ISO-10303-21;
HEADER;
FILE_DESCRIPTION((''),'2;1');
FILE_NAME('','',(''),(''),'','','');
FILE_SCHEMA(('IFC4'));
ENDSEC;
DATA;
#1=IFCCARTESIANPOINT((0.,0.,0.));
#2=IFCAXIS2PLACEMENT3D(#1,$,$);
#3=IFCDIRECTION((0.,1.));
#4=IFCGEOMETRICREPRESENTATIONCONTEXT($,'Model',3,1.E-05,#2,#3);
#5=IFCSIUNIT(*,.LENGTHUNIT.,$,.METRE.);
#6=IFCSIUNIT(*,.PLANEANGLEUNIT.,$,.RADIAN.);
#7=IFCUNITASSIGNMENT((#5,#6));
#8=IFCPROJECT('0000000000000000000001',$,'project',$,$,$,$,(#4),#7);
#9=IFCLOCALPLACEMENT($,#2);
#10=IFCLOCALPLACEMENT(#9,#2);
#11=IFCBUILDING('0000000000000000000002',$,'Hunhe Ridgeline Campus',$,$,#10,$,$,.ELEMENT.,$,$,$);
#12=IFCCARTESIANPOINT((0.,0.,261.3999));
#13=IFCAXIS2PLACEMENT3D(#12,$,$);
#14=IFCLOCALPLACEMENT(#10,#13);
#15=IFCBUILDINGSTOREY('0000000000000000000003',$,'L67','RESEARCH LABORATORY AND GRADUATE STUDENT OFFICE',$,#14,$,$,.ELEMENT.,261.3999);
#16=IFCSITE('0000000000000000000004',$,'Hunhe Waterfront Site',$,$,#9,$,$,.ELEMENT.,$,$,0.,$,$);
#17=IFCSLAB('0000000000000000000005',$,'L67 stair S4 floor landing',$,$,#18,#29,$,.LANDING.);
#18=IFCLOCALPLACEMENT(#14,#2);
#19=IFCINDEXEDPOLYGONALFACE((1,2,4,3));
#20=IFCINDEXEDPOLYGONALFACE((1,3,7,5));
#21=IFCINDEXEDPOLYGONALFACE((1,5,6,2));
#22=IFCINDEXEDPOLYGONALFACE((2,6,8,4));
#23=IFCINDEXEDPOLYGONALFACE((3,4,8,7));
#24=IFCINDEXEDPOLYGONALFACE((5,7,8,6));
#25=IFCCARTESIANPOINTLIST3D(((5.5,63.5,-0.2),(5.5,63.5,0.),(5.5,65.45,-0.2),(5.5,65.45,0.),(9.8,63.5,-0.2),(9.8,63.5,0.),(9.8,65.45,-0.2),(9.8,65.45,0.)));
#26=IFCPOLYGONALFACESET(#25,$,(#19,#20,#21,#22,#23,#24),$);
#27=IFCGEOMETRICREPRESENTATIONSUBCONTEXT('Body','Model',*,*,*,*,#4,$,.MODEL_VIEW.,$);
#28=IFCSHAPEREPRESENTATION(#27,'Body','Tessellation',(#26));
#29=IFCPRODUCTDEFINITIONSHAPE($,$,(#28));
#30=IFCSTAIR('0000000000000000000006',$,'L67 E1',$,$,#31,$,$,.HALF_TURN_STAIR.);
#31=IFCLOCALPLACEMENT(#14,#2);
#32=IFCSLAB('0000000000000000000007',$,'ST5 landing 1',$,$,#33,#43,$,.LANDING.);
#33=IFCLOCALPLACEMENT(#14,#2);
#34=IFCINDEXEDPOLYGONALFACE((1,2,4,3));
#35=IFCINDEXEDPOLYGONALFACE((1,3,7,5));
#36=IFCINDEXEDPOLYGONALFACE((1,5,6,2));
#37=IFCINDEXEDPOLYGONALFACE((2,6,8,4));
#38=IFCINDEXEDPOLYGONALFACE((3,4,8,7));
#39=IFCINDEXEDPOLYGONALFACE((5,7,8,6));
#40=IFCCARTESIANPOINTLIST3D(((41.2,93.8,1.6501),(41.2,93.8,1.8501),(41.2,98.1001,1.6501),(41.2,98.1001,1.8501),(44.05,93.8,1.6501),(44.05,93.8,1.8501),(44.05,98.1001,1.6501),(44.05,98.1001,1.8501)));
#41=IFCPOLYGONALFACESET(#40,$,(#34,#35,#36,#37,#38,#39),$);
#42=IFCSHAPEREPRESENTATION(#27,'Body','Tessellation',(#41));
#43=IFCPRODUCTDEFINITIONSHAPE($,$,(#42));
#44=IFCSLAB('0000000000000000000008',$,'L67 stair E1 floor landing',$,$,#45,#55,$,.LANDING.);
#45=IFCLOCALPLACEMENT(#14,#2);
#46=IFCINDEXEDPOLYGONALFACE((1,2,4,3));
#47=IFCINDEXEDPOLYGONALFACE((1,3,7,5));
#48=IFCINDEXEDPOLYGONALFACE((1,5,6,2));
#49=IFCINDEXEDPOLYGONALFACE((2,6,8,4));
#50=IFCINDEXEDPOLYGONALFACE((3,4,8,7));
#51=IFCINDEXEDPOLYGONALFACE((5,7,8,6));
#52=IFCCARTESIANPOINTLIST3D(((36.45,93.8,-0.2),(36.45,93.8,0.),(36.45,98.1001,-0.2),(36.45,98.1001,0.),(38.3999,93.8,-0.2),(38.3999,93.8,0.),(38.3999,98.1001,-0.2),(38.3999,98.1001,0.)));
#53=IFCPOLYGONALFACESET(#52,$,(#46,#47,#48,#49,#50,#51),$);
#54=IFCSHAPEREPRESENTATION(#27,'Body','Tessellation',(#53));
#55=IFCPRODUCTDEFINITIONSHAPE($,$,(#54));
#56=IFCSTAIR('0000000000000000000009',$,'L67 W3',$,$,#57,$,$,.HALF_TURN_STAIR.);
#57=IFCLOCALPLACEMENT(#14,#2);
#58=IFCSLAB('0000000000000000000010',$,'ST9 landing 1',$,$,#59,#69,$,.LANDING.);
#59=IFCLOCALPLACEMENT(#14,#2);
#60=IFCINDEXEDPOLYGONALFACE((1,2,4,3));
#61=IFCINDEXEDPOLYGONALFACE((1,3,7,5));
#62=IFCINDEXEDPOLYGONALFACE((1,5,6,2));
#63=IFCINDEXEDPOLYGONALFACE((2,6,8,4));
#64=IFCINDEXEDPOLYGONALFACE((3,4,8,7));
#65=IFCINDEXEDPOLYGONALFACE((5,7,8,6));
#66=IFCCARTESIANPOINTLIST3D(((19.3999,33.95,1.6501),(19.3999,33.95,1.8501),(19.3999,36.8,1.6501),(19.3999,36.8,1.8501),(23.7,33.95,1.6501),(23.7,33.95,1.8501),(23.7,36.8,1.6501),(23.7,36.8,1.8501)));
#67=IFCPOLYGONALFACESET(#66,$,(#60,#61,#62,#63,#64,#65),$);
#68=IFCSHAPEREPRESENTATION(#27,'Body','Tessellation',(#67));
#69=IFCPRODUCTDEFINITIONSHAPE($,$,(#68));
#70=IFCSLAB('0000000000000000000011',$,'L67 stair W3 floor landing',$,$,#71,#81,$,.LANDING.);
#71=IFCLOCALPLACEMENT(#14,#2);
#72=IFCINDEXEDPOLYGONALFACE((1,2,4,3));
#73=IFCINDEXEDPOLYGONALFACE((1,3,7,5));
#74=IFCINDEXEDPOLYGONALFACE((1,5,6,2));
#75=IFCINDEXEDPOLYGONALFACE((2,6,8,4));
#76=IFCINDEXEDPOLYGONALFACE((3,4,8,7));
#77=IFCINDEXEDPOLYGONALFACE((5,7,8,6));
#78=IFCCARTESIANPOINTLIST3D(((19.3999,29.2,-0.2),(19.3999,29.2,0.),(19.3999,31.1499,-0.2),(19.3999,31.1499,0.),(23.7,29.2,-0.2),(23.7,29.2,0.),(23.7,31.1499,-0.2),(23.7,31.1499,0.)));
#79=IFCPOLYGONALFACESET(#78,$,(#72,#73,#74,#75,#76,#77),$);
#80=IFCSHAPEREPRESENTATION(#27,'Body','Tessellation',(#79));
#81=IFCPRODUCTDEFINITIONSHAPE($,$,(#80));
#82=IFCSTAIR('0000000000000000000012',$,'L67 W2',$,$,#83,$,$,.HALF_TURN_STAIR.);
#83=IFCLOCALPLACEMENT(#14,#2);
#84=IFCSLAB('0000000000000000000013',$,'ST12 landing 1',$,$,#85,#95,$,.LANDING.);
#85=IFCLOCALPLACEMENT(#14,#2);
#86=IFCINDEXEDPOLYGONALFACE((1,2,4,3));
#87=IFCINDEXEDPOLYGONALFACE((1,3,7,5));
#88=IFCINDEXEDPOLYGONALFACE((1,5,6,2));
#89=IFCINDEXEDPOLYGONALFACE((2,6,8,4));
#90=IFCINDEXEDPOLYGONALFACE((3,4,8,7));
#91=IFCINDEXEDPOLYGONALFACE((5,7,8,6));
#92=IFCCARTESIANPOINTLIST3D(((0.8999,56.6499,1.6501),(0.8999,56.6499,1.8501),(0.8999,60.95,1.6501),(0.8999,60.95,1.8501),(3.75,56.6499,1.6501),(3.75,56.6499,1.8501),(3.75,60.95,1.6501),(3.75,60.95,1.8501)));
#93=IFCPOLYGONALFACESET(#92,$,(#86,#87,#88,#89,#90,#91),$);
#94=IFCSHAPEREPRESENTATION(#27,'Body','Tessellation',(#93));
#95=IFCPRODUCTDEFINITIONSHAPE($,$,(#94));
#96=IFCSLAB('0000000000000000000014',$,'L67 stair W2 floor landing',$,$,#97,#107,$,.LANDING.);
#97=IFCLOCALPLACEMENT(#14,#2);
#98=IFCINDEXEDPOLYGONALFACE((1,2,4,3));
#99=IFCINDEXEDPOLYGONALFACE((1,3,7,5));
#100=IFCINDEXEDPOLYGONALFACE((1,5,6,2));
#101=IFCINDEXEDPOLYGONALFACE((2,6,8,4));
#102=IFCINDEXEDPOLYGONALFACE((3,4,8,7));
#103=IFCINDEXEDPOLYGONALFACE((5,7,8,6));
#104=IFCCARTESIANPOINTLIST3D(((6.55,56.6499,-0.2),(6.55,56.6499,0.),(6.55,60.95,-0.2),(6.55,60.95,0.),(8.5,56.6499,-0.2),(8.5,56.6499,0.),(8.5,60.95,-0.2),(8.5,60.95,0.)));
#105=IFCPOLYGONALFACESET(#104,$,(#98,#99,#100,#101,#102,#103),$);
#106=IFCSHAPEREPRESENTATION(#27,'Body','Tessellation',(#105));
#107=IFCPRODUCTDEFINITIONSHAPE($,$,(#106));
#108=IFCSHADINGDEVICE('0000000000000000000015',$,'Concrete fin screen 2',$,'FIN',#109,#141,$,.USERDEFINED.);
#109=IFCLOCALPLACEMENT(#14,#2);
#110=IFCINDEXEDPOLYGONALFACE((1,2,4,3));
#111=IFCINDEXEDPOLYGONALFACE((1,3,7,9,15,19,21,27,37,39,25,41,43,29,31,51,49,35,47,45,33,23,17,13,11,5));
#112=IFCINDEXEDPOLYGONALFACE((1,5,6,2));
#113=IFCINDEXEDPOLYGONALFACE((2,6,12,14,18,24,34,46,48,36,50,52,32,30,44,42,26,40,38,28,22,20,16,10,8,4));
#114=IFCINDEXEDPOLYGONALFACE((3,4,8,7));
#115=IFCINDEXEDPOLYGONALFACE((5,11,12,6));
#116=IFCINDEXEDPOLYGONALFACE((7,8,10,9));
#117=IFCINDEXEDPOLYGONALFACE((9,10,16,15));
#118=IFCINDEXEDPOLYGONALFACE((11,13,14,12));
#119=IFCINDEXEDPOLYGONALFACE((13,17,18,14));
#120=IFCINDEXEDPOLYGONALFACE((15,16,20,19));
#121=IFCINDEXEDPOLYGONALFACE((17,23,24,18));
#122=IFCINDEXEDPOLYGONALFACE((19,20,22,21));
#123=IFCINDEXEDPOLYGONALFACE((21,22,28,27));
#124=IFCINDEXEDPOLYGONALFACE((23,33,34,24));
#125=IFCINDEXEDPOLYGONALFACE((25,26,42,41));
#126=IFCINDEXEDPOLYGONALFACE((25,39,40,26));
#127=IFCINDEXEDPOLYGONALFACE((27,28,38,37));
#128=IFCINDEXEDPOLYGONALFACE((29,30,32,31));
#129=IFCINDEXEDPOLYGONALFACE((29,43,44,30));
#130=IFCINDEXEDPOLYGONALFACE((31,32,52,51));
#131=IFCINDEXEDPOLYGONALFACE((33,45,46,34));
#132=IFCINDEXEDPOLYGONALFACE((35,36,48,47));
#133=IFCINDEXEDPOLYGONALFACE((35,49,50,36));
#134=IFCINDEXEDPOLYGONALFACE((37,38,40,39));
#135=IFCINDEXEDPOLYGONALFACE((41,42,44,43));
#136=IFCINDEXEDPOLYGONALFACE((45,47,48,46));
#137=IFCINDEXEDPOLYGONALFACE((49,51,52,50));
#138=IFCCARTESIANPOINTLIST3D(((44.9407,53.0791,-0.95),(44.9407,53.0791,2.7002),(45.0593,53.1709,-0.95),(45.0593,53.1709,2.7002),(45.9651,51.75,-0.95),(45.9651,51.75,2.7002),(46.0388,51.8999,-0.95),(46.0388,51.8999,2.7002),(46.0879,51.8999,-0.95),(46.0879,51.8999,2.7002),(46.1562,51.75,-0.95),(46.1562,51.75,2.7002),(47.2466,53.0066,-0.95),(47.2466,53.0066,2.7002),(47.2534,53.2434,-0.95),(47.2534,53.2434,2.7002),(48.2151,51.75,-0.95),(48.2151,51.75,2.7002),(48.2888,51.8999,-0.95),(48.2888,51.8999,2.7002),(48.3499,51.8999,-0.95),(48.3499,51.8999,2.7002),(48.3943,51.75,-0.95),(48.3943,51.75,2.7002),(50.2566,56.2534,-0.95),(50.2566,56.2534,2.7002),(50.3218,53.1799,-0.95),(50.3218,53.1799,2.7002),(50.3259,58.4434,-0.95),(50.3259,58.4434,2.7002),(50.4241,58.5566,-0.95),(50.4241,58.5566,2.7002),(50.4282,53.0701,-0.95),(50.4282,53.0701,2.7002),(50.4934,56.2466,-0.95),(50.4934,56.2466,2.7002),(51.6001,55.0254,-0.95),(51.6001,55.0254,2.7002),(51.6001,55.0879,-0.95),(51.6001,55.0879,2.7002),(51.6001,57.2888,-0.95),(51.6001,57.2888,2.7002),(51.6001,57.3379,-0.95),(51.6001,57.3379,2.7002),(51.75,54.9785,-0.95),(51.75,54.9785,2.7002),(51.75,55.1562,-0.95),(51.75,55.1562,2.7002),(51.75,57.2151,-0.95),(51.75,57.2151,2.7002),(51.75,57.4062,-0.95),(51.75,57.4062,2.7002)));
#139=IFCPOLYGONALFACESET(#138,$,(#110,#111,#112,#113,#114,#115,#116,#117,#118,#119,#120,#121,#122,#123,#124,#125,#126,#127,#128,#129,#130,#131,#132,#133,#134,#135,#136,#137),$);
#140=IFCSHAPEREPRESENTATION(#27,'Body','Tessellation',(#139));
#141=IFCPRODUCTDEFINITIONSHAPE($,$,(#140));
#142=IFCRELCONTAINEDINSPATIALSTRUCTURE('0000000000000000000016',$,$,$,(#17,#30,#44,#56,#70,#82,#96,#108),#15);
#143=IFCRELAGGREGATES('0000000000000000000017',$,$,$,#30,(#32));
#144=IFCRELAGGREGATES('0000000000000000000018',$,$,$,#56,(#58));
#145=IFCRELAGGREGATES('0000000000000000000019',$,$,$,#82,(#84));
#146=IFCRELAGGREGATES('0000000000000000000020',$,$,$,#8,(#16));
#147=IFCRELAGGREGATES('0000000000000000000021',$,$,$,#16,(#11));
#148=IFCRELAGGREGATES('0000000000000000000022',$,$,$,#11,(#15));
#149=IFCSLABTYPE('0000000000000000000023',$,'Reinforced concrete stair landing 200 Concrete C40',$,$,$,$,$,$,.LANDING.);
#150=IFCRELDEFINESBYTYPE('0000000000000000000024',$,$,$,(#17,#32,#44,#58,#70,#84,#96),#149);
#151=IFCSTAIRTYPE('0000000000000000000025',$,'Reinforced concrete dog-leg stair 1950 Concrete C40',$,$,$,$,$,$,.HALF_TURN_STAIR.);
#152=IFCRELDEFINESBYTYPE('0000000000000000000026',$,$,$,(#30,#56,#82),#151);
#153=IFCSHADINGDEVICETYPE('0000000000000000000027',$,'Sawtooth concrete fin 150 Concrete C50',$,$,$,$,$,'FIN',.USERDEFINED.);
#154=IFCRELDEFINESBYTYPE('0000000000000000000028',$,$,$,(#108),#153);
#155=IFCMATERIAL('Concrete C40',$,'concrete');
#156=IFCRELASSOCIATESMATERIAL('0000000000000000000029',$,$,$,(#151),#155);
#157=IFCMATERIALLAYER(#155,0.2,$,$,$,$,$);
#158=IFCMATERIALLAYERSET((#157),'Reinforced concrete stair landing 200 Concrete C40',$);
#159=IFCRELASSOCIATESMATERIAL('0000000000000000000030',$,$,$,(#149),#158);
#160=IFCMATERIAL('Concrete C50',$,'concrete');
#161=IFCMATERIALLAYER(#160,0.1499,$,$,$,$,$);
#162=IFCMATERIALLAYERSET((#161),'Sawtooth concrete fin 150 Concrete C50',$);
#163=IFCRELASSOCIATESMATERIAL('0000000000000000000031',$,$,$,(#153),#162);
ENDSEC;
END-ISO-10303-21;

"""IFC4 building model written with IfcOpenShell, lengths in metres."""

from ifc_helpers import new_model, si_unit, direction, frame, origin, place, context, subcontext, project, spatial, polyline, outline, extrude, material, layer, layer_set, type_object, element, aggregate, save


model = new_model("IFC4")

# Units and contexts
model_context = context("Model", 3, precision=1e-05, world=origin(), true_north=direction((0.0, 1.0)))
body_context = subcontext(model_context, "Body", "Model", "MODEL_VIEW")
ifc_project = project(units=[si_unit("LENGTHUNIT", "METRE"), si_unit("PLANEANGLEUNIT", "RADIAN")], contexts=[model_context])

# Site, building, storey
site_placement = place(None, origin())
site = spatial("IfcSite", under=ifc_project, at=site_placement, Name="Hunhe Waterfront Site", CompositionType="ELEMENT", RefElevation=0.0)
building_placement = place(site_placement, origin())
building = spatial("IfcBuilding", under=site, at=building_placement, Name="Hunhe Ridgeline Campus", CompositionType="ELEMENT")
storey_placement = place(building_placement, frame((0.0, 0.0, 261.3999)))
storey = spatial("IfcBuildingStorey", under=building, at=storey_placement, Name="L67", Description="RESEARCH LABORATORY AND GRADUATE STUDENT OFFICE", CompositionType="ELEMENT", Elevation=261.3999)

# Shared definitions
ifc_material_1 = material(Name="Concrete C50", Category="concrete")

# Shared definitions
ifc_material_2 = material(Name="Concrete C40", Category="concrete")

# Shared definitions
stair_type = type_object("IfcStairType", Name="Reinforced concrete dog-leg stair 1950 Concrete C40", PredefinedType="HALF_TURN_STAIR", material=ifc_material_2)
ifc_layer_1 = layer(ifc_material_2, 0.2)
ifc_layer_set_1 = layer_set([ifc_layer_1], Name="Reinforced concrete stair landing 200 Concrete C40")
slab_type_1 = type_object("IfcSlabType", Name="Reinforced concrete stair landing 200 Concrete C40", PredefinedType="LANDING", material=ifc_layer_set_1)

# Slab
slab_1_placement = place(storey_placement, frame((0.0, 0.0, -0.2)))
element("IfcSlab", 1, at=slab_1_placement, inside=storey, type_object=slab_type_1, Name="L67 stair S4 floor landing", PredefinedType="LANDING", context=body_context, shape_type="SweptSolid", body=[
    extrude(outline(polyline([(9.8, 63.5), (9.8, 65.45), (5.5, 65.45), (5.5, 63.5), (9.8, 63.5)])), origin(), (0.0, 0.0, 1.0), 0.2),
])

# Stair, slab
stair_1_placement = place(storey_placement, origin())
stair_1 = element("IfcStair", 2, at=stair_1_placement, inside=storey, type_object=stair_type, Name="L67 E1", PredefinedType="HALF_TURN_STAIR")
slab_2_placement = place(storey_placement, frame((0.0, 0.0, 1.6501)))
slab_2 = element("IfcSlab", 3, at=slab_2_placement, type_object=slab_type_1, Name="ST5 landing 1", PredefinedType="LANDING", context=body_context, shape_type="SweptSolid", body=[
    extrude(outline(polyline([(41.2, 93.8), (44.05, 93.8), (44.05, 98.1001), (41.2, 98.1001), (41.2, 93.8)])), origin(), (0.0, 0.0, 1.0), 0.2),
])
aggregate(stair_1, [slab_2])

# Slab
slab_3_placement = place(storey_placement, frame((0.0, 0.0, -0.2)))
element("IfcSlab", 4, at=slab_3_placement, inside=storey, type_object=slab_type_1, Name="L67 stair E1 floor landing", PredefinedType="LANDING", context=body_context, shape_type="SweptSolid", body=[
    extrude(outline(polyline([(36.45, 93.8), (38.3999, 93.8), (38.3999, 98.1001), (36.45, 98.1001), (36.45, 93.8)])), origin(), (0.0, 0.0, 1.0), 0.2),
])

# Stair, slab
stair_2_placement = place(storey_placement, origin())
stair_2 = element("IfcStair", 5, at=stair_2_placement, inside=storey, type_object=stair_type, Name="L67 W3", PredefinedType="HALF_TURN_STAIR")
slab_4_placement = place(storey_placement, frame((0.0, 0.0, 1.6501)))
slab_4 = element("IfcSlab", 6, at=slab_4_placement, type_object=slab_type_1, Name="ST9 landing 1", PredefinedType="LANDING", context=body_context, shape_type="SweptSolid", body=[
    extrude(outline(polyline([(23.7, 33.95), (23.7, 36.8), (19.3999, 36.8), (19.3999, 33.95), (23.7, 33.95)])), origin(), (0.0, 0.0, 1.0), 0.2),
])
aggregate(stair_2, [slab_4])

# Slab
slab_5_placement = place(storey_placement, frame((0.0, 0.0, -0.2)))
element("IfcSlab", 7, at=slab_5_placement, inside=storey, type_object=slab_type_1, Name="L67 stair W3 floor landing", PredefinedType="LANDING", context=body_context, shape_type="SweptSolid", body=[
    extrude(outline(polyline([(23.7, 29.2), (23.7, 31.1499), (19.3999, 31.1499), (19.3999, 29.2), (23.7, 29.2)])), origin(), (0.0, 0.0, 1.0), 0.2),
])

# Stair, slab
stair_3_placement = place(storey_placement, origin())
stair_3 = element("IfcStair", 8, at=stair_3_placement, inside=storey, type_object=stair_type, Name="L67 W2", PredefinedType="HALF_TURN_STAIR")
slab_6_placement = place(storey_placement, frame((0.0, 0.0, 1.6501)))
slab_6 = element("IfcSlab", 9, at=slab_6_placement, type_object=slab_type_1, Name="ST12 landing 1", PredefinedType="LANDING", context=body_context, shape_type="SweptSolid", body=[
    extrude(outline(polyline([(3.75, 60.95), (0.8999, 60.95), (0.8999, 56.6499), (3.75, 56.6499), (3.75, 60.95)])), origin(), (0.0, 0.0, 1.0), 0.2),
])
aggregate(stair_3, [slab_6])

# Slab
slab_7_placement = place(storey_placement, frame((0.0, 0.0, -0.2)))
element("IfcSlab", 10, at=slab_7_placement, inside=storey, type_object=slab_type_1, Name="L67 stair W2 floor landing", PredefinedType="LANDING", context=body_context, shape_type="SweptSolid", body=[
    extrude(outline(polyline([(8.5, 60.95), (6.55, 60.95), (6.55, 56.6499), (8.5, 56.6499), (8.5, 60.95)])), origin(), (0.0, 0.0, 1.0), 0.2),
])

# Shading device
ifc_layer_2 = layer(ifc_material_1, 0.1499)
ifc_layer_set_2 = layer_set([ifc_layer_2], Name="Sawtooth concrete fin 150 Concrete C50")
shading_device_type = type_object("IfcShadingDeviceType", Name="Sawtooth concrete fin 150 Concrete C50", ElementType="FIN", PredefinedType="USERDEFINED", material=ifc_layer_set_2)
shading_device_1_placement = place(storey_placement, frame((0.0, 0.0, -0.95)))
element("IfcShadingDevice", 11, at=shading_device_1_placement, inside=storey, type_object=shading_device_type, Name="Concrete fin screen 2", ObjectType="FIN", PredefinedType="USERDEFINED", context=body_context, shape_type="SweptSolid", body=[
    extrude(outline(polyline([(45.0593, 53.1709), (44.9407, 53.0791), (45.9651, 51.75), (46.1562, 51.75), (47.2466, 53.0066), (48.2151, 51.75), (48.3943, 51.75), (50.4282, 53.0701), (51.75, 54.9785), (51.75, 55.1562), (50.4934, 56.2466), (51.75, 57.2151), (51.75, 57.4062), (50.4241, 58.5566), (50.3259, 58.4434), (51.6001, 57.3379), (51.6001, 57.2888), (50.2566, 56.2534), (51.6001, 55.0879), (51.6001, 55.0254), (50.3218, 53.1799), (48.3499, 51.8999), (48.2888, 51.8999), (47.2534, 53.2434), (46.0879, 51.8999), (46.0388, 51.8999), (45.0593, 53.1709)])), origin(), (0.0, 0.0, 1.0), 3.6501),
])

save(model, "model.ifc")
